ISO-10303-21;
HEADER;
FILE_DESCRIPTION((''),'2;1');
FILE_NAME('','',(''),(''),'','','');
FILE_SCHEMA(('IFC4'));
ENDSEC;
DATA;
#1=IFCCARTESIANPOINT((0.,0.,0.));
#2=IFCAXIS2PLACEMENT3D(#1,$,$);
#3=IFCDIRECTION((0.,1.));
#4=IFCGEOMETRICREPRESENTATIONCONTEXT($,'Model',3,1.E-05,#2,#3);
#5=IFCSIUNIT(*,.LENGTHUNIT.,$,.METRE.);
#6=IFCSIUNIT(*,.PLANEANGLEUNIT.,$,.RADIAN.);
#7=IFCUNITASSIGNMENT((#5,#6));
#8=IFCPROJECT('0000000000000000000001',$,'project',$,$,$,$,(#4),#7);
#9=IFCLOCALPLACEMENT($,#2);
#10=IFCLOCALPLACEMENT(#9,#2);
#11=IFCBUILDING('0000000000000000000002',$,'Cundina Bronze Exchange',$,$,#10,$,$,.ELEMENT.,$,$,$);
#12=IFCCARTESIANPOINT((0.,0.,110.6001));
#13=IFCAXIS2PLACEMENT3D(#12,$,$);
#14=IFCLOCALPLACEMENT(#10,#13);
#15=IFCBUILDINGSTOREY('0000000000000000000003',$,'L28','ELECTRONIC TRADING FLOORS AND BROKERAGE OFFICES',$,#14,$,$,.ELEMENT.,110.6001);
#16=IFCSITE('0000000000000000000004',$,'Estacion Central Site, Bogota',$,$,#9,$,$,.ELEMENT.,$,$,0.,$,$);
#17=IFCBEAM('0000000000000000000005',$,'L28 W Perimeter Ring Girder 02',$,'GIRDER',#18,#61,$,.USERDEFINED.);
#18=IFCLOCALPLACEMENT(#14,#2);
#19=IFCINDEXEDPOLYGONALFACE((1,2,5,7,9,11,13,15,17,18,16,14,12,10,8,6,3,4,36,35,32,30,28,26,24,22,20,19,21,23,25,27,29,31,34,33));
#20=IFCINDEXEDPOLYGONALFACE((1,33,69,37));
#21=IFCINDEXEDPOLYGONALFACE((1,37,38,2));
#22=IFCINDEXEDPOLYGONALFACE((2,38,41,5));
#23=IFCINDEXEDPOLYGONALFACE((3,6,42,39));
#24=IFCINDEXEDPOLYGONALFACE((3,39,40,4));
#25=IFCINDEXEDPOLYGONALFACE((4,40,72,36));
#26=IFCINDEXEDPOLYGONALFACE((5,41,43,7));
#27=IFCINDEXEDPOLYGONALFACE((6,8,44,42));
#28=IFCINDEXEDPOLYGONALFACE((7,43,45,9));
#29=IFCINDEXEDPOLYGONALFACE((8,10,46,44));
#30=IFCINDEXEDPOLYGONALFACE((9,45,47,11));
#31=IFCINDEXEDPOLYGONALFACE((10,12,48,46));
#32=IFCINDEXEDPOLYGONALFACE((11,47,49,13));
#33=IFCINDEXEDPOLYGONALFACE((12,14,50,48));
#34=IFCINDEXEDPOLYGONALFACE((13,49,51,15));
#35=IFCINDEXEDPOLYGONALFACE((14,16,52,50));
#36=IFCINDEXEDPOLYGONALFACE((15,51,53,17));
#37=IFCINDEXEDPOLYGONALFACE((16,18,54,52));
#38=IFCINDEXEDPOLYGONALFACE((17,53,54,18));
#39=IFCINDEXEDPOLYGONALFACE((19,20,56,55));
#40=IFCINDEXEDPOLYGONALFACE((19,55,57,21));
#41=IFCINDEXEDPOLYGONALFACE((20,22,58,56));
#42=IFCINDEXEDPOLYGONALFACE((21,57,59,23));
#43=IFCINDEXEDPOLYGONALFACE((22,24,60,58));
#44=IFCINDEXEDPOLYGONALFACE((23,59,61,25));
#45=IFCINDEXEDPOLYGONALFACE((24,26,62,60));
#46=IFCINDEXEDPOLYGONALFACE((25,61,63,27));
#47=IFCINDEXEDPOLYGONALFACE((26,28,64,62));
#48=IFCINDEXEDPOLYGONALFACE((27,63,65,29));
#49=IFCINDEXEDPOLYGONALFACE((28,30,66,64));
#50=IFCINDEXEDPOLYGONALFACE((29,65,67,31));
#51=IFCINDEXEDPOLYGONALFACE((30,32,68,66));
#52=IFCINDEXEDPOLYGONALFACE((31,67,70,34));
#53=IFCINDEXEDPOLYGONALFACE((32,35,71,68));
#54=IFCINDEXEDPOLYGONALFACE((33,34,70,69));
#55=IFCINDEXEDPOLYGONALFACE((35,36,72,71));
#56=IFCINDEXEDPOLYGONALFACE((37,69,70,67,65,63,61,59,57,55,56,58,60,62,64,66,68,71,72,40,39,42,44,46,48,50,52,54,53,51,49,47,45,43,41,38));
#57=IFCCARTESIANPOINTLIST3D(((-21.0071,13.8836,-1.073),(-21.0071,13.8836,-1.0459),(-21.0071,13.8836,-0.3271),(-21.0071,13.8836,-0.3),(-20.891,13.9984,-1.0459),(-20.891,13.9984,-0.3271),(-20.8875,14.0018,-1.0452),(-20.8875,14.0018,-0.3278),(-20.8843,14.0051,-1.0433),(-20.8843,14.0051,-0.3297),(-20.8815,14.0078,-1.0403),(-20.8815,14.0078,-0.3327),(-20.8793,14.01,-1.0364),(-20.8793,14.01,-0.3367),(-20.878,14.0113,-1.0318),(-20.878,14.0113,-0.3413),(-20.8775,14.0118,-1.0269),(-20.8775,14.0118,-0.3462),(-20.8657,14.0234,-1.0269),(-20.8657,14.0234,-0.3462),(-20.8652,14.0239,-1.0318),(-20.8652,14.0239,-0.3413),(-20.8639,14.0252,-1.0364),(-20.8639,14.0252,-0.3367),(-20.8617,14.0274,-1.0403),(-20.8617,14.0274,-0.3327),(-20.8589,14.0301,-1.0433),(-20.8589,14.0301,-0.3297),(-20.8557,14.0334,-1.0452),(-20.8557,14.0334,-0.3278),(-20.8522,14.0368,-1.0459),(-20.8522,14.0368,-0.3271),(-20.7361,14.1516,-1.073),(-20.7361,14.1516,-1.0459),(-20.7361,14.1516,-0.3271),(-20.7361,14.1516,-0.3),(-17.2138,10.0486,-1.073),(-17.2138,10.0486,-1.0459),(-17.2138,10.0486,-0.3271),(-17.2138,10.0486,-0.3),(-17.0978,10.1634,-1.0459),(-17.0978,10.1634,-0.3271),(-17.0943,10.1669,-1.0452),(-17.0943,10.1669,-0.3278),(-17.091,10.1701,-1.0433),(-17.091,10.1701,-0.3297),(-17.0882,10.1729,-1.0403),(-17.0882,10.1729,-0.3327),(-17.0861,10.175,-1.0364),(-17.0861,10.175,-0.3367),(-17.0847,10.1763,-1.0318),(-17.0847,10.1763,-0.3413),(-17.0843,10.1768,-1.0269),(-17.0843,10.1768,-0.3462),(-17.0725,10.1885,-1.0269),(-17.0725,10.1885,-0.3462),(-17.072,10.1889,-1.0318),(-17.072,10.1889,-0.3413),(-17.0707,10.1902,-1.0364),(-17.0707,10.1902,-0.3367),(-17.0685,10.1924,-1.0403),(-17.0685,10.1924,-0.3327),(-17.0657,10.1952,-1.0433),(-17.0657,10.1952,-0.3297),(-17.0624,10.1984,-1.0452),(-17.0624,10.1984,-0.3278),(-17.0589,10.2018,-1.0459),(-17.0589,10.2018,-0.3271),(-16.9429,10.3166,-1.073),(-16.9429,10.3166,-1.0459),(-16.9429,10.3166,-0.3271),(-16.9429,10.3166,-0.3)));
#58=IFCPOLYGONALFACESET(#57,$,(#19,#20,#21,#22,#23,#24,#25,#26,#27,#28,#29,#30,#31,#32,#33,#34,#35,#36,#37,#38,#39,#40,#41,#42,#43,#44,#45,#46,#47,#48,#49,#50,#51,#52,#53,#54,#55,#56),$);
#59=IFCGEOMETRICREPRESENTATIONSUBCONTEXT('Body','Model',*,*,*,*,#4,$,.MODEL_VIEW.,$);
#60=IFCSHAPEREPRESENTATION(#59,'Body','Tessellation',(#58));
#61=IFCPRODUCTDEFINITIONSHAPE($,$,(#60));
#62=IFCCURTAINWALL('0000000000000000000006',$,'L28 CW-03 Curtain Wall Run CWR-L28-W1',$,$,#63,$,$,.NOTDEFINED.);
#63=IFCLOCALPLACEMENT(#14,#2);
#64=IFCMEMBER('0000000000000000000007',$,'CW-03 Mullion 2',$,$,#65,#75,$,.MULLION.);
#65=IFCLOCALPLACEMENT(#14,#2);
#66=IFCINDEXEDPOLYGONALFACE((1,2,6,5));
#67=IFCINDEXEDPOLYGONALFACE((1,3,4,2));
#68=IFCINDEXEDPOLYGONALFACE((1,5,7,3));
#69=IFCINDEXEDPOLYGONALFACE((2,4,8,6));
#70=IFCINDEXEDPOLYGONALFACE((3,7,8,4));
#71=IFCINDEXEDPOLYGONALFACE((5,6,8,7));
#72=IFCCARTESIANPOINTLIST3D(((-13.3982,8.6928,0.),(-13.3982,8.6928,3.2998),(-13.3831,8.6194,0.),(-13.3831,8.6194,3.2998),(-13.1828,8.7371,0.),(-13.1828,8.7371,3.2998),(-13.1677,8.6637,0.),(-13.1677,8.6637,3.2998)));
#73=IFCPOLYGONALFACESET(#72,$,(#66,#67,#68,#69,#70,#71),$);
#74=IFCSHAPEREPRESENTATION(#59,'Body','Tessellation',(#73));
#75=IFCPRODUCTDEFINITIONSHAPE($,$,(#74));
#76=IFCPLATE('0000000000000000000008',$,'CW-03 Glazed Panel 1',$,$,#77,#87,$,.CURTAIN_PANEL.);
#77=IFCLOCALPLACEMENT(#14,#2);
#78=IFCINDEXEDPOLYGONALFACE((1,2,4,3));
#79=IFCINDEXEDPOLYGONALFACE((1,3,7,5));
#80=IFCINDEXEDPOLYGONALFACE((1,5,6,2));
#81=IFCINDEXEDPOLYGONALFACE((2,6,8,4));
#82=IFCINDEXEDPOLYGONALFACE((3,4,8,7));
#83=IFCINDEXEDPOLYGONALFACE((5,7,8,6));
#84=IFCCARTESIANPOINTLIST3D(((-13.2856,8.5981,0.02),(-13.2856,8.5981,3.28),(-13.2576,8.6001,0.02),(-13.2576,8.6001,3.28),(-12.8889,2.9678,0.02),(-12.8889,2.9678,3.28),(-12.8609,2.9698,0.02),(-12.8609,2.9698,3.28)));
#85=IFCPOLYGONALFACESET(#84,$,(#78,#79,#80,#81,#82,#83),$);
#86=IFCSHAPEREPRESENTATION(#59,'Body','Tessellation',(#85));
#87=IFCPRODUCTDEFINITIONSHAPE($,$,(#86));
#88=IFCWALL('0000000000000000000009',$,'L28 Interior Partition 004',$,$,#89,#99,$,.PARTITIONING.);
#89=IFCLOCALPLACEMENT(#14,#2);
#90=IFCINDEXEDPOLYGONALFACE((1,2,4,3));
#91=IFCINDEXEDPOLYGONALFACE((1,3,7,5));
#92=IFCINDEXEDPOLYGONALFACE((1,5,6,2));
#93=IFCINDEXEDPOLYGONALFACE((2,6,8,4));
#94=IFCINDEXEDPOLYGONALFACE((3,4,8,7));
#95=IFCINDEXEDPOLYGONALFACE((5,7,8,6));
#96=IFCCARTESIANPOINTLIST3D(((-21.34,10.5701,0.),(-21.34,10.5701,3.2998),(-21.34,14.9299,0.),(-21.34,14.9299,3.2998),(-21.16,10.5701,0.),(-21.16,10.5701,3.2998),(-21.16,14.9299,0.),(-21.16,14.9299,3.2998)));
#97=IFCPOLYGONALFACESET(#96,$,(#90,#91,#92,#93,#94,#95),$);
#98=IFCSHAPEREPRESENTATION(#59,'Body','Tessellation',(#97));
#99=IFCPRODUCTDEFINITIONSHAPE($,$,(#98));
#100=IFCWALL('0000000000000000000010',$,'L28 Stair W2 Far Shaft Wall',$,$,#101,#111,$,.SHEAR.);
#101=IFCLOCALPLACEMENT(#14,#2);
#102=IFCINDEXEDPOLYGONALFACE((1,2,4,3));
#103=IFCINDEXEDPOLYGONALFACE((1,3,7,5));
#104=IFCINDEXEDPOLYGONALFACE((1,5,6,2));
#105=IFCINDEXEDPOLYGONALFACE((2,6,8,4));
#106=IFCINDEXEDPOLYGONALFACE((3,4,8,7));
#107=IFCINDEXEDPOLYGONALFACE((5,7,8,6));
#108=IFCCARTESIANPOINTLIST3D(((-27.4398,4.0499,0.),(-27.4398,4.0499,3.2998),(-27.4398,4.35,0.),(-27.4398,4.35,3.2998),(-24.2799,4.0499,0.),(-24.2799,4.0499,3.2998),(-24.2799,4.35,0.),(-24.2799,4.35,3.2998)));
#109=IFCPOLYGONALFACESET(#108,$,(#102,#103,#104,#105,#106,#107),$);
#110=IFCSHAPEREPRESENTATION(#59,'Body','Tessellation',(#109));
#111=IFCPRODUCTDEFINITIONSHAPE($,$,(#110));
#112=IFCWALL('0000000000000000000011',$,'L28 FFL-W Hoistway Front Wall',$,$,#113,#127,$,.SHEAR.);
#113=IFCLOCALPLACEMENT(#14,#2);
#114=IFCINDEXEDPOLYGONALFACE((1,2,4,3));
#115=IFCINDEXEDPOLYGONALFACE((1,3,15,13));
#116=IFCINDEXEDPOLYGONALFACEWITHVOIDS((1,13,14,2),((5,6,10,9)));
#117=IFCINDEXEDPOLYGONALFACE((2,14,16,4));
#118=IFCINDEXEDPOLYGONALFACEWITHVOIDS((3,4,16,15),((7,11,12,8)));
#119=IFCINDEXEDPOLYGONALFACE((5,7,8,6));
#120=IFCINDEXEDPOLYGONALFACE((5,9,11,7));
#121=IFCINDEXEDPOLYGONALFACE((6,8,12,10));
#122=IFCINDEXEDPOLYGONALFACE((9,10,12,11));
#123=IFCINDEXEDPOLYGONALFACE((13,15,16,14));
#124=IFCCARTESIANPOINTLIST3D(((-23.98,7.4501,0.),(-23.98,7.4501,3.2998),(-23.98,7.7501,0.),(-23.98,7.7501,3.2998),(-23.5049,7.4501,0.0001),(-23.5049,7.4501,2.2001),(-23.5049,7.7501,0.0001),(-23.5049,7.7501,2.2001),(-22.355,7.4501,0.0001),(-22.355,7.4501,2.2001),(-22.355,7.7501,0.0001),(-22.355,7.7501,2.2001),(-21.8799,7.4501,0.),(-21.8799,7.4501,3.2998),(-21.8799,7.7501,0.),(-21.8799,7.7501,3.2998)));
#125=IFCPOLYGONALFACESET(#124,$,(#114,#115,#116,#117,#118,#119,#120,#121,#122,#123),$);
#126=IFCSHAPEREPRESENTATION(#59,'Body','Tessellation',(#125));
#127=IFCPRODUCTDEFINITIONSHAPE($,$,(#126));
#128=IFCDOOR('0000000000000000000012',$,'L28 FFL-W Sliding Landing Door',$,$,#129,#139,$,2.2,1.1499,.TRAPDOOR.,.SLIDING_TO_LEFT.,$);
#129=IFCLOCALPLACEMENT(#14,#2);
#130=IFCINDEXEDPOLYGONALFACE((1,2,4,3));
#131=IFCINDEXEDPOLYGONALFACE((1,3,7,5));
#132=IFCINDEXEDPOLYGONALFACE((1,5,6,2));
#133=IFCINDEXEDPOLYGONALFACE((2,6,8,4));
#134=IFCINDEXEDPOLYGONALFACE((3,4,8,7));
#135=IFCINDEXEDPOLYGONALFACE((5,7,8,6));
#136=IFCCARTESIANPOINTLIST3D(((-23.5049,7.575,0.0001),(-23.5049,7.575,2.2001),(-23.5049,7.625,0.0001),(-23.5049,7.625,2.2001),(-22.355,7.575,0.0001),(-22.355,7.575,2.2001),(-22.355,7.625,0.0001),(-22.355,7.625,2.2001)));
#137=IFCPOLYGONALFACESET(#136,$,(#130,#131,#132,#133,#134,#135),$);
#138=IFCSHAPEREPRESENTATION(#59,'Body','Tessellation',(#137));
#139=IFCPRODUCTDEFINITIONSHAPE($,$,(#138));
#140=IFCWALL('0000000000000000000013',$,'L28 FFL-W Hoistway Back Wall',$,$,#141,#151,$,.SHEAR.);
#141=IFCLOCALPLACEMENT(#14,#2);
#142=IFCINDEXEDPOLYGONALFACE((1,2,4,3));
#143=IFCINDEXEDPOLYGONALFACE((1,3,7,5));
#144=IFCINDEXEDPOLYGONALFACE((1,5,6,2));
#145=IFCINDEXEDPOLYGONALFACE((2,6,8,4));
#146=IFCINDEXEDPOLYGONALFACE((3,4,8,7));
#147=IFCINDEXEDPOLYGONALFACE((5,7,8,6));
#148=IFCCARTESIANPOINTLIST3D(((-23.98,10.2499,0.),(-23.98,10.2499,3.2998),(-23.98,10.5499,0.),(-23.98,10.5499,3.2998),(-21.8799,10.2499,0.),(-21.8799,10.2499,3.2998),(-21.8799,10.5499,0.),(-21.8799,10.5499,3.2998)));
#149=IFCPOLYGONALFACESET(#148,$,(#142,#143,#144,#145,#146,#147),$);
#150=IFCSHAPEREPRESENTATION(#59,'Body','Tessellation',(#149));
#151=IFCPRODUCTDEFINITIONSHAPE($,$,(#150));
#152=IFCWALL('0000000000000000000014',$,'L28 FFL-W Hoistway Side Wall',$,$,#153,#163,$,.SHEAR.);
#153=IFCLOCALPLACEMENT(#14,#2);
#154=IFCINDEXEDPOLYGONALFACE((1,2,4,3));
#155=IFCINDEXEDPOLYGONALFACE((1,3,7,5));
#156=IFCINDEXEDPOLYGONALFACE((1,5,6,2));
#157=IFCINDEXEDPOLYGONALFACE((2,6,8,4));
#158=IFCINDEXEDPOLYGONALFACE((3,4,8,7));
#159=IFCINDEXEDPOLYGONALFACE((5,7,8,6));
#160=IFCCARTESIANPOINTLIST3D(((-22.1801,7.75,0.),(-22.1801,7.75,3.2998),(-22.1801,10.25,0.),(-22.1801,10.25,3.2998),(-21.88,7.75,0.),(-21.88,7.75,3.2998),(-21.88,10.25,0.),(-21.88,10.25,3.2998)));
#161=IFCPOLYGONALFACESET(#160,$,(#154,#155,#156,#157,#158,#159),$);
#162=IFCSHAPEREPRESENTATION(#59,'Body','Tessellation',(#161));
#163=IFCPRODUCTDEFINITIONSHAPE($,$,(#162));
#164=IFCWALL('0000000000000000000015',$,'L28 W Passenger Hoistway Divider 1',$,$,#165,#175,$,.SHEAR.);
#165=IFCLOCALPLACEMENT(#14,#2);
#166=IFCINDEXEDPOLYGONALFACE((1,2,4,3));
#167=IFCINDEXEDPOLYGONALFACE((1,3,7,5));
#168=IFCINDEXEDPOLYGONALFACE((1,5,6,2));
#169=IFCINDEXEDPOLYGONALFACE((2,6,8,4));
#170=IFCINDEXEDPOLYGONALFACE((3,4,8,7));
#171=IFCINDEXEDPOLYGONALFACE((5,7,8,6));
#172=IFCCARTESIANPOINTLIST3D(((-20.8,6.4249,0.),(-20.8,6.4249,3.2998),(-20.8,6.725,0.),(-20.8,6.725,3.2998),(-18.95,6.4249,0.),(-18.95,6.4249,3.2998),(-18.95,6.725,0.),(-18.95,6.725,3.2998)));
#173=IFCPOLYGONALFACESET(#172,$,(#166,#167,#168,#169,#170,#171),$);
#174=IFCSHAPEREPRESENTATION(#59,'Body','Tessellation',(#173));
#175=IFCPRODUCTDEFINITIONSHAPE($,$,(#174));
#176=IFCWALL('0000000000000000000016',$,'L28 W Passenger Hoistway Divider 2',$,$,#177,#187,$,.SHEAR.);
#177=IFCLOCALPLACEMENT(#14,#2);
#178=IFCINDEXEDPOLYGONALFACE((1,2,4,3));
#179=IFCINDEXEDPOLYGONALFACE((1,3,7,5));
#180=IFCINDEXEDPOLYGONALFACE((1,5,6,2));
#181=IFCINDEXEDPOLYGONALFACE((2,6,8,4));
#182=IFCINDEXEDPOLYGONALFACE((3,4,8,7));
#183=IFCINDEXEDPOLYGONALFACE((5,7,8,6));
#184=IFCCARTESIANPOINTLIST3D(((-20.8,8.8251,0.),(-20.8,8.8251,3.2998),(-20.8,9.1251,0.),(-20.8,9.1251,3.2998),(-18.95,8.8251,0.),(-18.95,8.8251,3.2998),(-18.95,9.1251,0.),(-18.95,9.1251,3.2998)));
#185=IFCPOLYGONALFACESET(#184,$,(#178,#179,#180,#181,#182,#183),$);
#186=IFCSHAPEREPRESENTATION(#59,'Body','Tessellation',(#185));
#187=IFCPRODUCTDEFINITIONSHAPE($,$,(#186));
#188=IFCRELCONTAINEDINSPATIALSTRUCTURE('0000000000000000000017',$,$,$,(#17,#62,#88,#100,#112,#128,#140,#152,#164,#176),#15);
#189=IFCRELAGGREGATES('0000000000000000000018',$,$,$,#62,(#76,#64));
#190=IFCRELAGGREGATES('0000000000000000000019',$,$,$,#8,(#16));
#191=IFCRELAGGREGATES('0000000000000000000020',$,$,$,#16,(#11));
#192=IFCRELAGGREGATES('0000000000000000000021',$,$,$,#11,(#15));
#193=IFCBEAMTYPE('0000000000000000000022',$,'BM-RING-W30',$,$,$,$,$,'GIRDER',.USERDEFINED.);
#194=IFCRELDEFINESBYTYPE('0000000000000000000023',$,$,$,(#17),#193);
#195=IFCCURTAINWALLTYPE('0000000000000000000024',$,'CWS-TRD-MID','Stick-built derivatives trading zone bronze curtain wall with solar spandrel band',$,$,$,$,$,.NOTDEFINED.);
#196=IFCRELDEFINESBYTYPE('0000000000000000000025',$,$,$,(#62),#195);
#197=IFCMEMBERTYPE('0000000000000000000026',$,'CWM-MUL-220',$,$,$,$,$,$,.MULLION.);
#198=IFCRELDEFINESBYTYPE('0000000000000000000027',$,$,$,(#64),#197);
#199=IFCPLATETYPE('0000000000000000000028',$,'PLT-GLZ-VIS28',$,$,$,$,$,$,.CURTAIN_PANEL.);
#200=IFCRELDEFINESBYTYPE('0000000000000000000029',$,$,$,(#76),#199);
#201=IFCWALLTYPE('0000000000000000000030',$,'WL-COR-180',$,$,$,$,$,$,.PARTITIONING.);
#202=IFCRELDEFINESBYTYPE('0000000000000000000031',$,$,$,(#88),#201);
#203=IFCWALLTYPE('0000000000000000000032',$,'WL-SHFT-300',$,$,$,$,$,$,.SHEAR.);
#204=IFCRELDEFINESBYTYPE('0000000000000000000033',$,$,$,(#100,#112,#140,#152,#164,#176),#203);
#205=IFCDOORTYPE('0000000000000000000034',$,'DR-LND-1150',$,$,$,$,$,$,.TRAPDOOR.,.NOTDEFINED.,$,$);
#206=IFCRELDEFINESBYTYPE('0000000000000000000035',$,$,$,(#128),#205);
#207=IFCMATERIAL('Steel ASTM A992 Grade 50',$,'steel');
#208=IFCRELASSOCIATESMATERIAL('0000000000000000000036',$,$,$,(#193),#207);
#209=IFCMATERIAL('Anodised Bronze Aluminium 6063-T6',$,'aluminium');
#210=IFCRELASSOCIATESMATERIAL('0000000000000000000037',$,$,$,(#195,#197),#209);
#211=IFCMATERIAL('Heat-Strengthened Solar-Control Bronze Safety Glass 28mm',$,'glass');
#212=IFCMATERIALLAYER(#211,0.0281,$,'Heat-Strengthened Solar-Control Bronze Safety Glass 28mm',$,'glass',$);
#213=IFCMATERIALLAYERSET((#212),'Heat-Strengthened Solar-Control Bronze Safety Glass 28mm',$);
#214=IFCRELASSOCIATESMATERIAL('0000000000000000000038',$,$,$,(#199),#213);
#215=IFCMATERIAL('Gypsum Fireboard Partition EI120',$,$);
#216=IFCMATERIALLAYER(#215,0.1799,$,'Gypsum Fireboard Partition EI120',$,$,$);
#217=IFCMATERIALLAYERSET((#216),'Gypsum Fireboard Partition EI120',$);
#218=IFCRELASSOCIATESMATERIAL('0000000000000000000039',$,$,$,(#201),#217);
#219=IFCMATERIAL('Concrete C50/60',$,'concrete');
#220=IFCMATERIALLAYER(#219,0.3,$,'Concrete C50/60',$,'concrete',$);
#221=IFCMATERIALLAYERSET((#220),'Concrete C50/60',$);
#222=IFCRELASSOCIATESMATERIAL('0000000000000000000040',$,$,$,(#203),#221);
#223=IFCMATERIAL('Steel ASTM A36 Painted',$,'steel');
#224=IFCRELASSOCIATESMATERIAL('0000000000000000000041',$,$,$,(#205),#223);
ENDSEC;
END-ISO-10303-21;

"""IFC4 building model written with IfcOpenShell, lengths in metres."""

from ifc_helpers import new_model, si_unit, direction, frame, frame_2d, origin, origin_2d, place, context, subcontext, project, spatial, rectangle, i_section, extrude, material, layer, layer_set, material_profile, profile_set, type_object, element, fill, aggregate, save


model = new_model("IFC4")

# Units and contexts
model_context = context("Model", 3, precision=1e-05, world=origin(), true_north=direction((0.0, 1.0)))
body_context = subcontext(model_context, "Body", "Model", "MODEL_VIEW")
ifc_project = project(units=[si_unit("LENGTHUNIT", "METRE"), si_unit("PLANEANGLEUNIT", "RADIAN")], contexts=[model_context])

# Site, building, storey
site_placement = place(None, origin())
site = spatial("IfcSite", under=ifc_project, at=site_placement, Name="Estacion Central Site, Bogota", CompositionType="ELEMENT", RefElevation=0.0)
building_placement = place(site_placement, origin())
building = spatial("IfcBuilding", under=site, at=building_placement, Name="Cundina Bronze Exchange", CompositionType="ELEMENT")
storey_placement = place(building_placement, frame((0.0, 0.0, 110.6001)))
storey = spatial("IfcBuildingStorey", under=building, at=storey_placement, Name="L28", Description="ELECTRONIC TRADING FLOORS AND BROKERAGE OFFICES", CompositionType="ELEMENT", Elevation=110.6001)

# Beam
ifc_material_1 = material(Name="Steel ASTM A992 Grade 50", Category="steel")
ifc_material_profile_1 = material_profile(ifc_material_1, i_section(OverallWidth=0.3811, OverallDepth=0.7729, WebThickness=0.0166, FlangeThickness=0.0271, FilletRadius=0.019, at=origin_2d()), Name="W30X173", Category="steel")
ifc_profile_set_1 = profile_set([ifc_material_profile_1], Name="Steel ASTM A992 Grade 50")
beam_type_1 = type_object("IfcBeamType", Name="BM-RING-W30", ElementType="GIRDER", PredefinedType="USERDEFINED", material=ifc_profile_set_1)
beam_1_placement = place(storey_placement, frame((-17.0784, 10.1826, -0.6865), z_axis=(-0.703226, 0.710966, 0.0), x_axis=(-0.710966, -0.703226, 0.0)))
element("IfcBeam", 1, at=beam_1_placement, inside=storey, type_object=beam_type_1, Name="L28 W Perimeter Ring Girder 02", ObjectType="GIRDER", PredefinedType="USERDEFINED", context=body_context, shape_type="SweptSolid", body=[
    extrude(i_section(OverallWidth=0.3811, OverallDepth=0.7729, WebThickness=0.0166, FlangeThickness=0.0271, FilletRadius=0.019, at=origin_2d()), origin(), (0.0, 0.0, 1.0), 5.394),
])

# Curtain wall, member, plate
ifc_material_2 = material(Name="Anodised Bronze Aluminium 6063-T6", Category="aluminium")
curtain_wall_type = type_object("IfcCurtainWallType", Name="CWS-TRD-MID", Description="Stick-built derivatives trading zone bronze curtain wall with solar spandrel band", PredefinedType="NOTDEFINED", material=ifc_material_2)
curtain_wall_placement = place(storey_placement, origin())
curtain_wall = element("IfcCurtainWall", 2, at=curtain_wall_placement, inside=storey, type_object=curtain_wall_type, Name="L28 CW-03 Curtain Wall Run CWR-L28-W1", PredefinedType="NOTDEFINED")
ifc_material_profile_2 = material_profile(ifc_material_2, rectangle(XDim=0.075, YDim=0.22, at=origin_2d()), Name="AL75X220", Category="aluminium")
ifc_profile_set_2 = profile_set([ifc_material_profile_2], Name="Anodised Bronze Aluminium 6063-T6")
member_type = type_object("IfcMemberType", Name="CWM-MUL-220", PredefinedType="MULLION", material=ifc_profile_set_2)
member_placement = place(storey_placement, frame((-13.283, 8.6782, 0.0), z_axis=(0.0, 0.0, 1.0), x_axis=(-0.20142, 0.979505, 0.0)))
member = element("IfcMember", 3, at=member_placement, type_object=member_type, Name="CW-03 Mullion 2", PredefinedType="MULLION", context=body_context, shape_type="SweptSolid", body=[
    extrude(rectangle(XDim=0.075, YDim=0.22, at=origin_2d()), origin(), (0.0, 0.0, 1.0), 3.2998),
])
ifc_material_3 = material(Name="Heat-Strengthened Solar-Control Bronze Safety Glass 28mm", Category="glass")
ifc_layer_1 = layer(ifc_material_3, 0.0281, Name="Heat-Strengthened Solar-Control Bronze Safety Glass 28mm", Category="glass")
ifc_layer_set_1 = layer_set([ifc_layer_1], Name="Heat-Strengthened Solar-Control Bronze Safety Glass 28mm")
plate_type = type_object("IfcPlateType", Name="PLT-GLZ-VIS28", PredefinedType="CURTAIN_PANEL", material=ifc_layer_set_1)
plate_placement = place(storey_placement, frame((-13.0732, 5.7839, 0.02), z_axis=(0.0, 0.0, 1.0), x_axis=(-0.070279, 0.997527, 0.0)))
plate = element("IfcPlate", 4, at=plate_placement, type_object=plate_type, Name="CW-03 Glazed Panel 1", PredefinedType="CURTAIN_PANEL", context=body_context, shape_type="SweptSolid", body=[
    extrude(rectangle(XDim=5.6443, YDim=0.0281, at=origin_2d()), origin(), (0.0, 0.0, 1.0), 3.26),
])
aggregate(curtain_wall, [plate, member])

# Walls
ifc_material_4 = material(Name="Gypsum Fireboard Partition EI120")
ifc_layer_2 = layer(ifc_material_4, 0.1799, Name="Gypsum Fireboard Partition EI120")
ifc_layer_set_2 = layer_set([ifc_layer_2], Name="Gypsum Fireboard Partition EI120")
wall_type_1 = type_object("IfcWallType", Name="WL-COR-180", PredefinedType="PARTITIONING", material=ifc_layer_set_2)
wall_1_placement = place(storey_placement, frame((-21.25, 10.5701, 0.0), z_axis=(0.0, 0.0, 1.0), x_axis=(0.0, 1.0, 0.0)))
element("IfcWall", 5, at=wall_1_placement, inside=storey, type_object=wall_type_1, Name="L28 Interior Partition 004", PredefinedType="PARTITIONING", context=body_context, shape_type="SweptSolid", body=[
    extrude(rectangle(XDim=4.3599, YDim=0.1799, at=frame_2d((2.1799, 0.0))), origin(), (0.0, 0.0, 1.0), 3.2998),
])
ifc_material_5 = material(Name="Concrete C50/60", Category="concrete")
ifc_layer_3 = layer(ifc_material_5, 0.3, Name="Concrete C50/60", Category="concrete")
ifc_layer_set_3 = layer_set([ifc_layer_3], Name="Concrete C50/60")
wall_type_2 = type_object("IfcWallType", Name="WL-SHFT-300", PredefinedType="SHEAR", material=ifc_layer_set_3)
wall_2_placement = place(storey_placement, frame((-27.4399, 4.2, 0.0), z_axis=(0.0, 0.0, 1.0), x_axis=(1.0, 0.0, 0.0)))
element("IfcWall", 6, at=wall_2_placement, inside=storey, type_object=wall_type_2, Name="L28 Stair W2 Far Shaft Wall", PredefinedType="SHEAR", context=body_context, shape_type="SweptSolid", body=[
    extrude(rectangle(XDim=3.1599, YDim=0.3, at=frame_2d((1.5801, 0.0))), origin(), (0.0, 0.0, 1.0), 3.2998),
])

# Wall, opening, door
wall_3_placement = place(storey_placement, frame((-23.98, 7.6001, 0.0), z_axis=(0.0, 0.0, 1.0), x_axis=(1.0, 0.0, 0.0)))
wall_3 = element("IfcWall", 7, at=wall_3_placement, inside=storey, type_object=wall_type_2, Name="L28 FFL-W Hoistway Front Wall", PredefinedType="SHEAR", context=body_context, shape_type="SweptSolid", body=[
    extrude(rectangle(XDim=2.1001, YDim=0.3, at=frame_2d((1.05, 0.0))), origin(), (0.0, 0.0, 1.0), 3.2998),
])
opening_1_placement = place(wall_3_placement, frame((0.4751, 0.0, 0.0)))
opening_1 = element("IfcOpeningElement", 8, at=opening_1_placement, cuts=wall_3, PredefinedType="OPENING", context=body_context, shape_type="SweptSolid", body=[
    extrude(rectangle(XDim=1.1499, YDim=2.2, at=frame_2d((0.575, 1.1001))), frame((0.0, 0.1599, 0.0), z_axis=(0.0, -1.0, 0.0), x_axis=(1.0, 0.0, 0.0)), (0.0, 0.0, 1.0), 0.3201),
])
ifc_material_6 = material(Name="Steel ASTM A36 Painted", Category="steel")
door_type = type_object("IfcDoorType", Name="DR-LND-1150", OperationType="NOTDEFINED", PredefinedType="TRAPDOOR", material=ifc_material_6)
door_1_placement = place(opening_1_placement, origin())
door_1 = element("IfcDoor", 9, at=door_1_placement, inside=storey, type_object=door_type, Name="L28 FFL-W Sliding Landing Door", OperationType="SLIDING_TO_LEFT", OverallHeight=2.2, OverallWidth=1.1499, PredefinedType="TRAPDOOR", context=body_context, shape_type="SweptSolid", body=[
    extrude(rectangle(XDim=1.1499, YDim=2.2, at=frame_2d((0.575, 1.1001))), frame((0.0, 0.0249, 0.0), z_axis=(0.0, -1.0, 0.0), x_axis=(1.0, 0.0, 0.0)), (0.0, 0.0, 1.0), 0.05),
])
fill(opening_1, door_1)

# Walls
wall_4_placement = place(storey_placement, frame((-23.98, 10.3999, 0.0), z_axis=(0.0, 0.0, 1.0), x_axis=(1.0, 0.0, 0.0)))
element("IfcWall", 10, at=wall_4_placement, inside=storey, type_object=wall_type_2, Name="L28 FFL-W Hoistway Back Wall", PredefinedType="SHEAR", context=body_context, shape_type="SweptSolid", body=[
    extrude(rectangle(XDim=2.1001, YDim=0.3, at=frame_2d((1.05, 0.0))), origin(), (0.0, 0.0, 1.0), 3.2998),
])
wall_5_placement = place(storey_placement, frame((-22.03, 7.75, 0.0), z_axis=(0.0, 0.0, 1.0), x_axis=(0.0, 1.0, 0.0)))
element("IfcWall", 11, at=wall_5_placement, inside=storey, type_object=wall_type_2, Name="L28 FFL-W Hoistway Side Wall", PredefinedType="SHEAR", context=body_context, shape_type="SweptSolid", body=[
    extrude(rectangle(XDim=2.5, YDim=0.3, at=frame_2d((1.25, 0.0))), origin(), (0.0, 0.0, 1.0), 3.2998),
])
for number, where, z_axis, x_axis, name in (
    (12, (-20.8, 6.575, 0.0), (0.0, 0.0, 1.0), (1.0, 0.0, 0.0), "L28 W Passenger Hoistway Divider 1"),
    (13, (-20.8, 8.9751, 0.0), (0.0, 0.0, 1.0), (1.0, 0.0, 0.0), "L28 W Passenger Hoistway Divider 2"),
):
    element("IfcWall", number, at=place(storey_placement, frame(where, z_axis=z_axis, x_axis=x_axis)), inside=storey, type_object=wall_type_2, Name=name, PredefinedType="SHEAR", context=body_context, shape_type="SweptSolid", body=[
        extrude(rectangle(XDim=1.8501, YDim=0.3, at=frame_2d((0.925, 0.0))), origin(), (0.0, 0.0, 1.0), 3.2998),
    ])

save(model, "model.ifc")
